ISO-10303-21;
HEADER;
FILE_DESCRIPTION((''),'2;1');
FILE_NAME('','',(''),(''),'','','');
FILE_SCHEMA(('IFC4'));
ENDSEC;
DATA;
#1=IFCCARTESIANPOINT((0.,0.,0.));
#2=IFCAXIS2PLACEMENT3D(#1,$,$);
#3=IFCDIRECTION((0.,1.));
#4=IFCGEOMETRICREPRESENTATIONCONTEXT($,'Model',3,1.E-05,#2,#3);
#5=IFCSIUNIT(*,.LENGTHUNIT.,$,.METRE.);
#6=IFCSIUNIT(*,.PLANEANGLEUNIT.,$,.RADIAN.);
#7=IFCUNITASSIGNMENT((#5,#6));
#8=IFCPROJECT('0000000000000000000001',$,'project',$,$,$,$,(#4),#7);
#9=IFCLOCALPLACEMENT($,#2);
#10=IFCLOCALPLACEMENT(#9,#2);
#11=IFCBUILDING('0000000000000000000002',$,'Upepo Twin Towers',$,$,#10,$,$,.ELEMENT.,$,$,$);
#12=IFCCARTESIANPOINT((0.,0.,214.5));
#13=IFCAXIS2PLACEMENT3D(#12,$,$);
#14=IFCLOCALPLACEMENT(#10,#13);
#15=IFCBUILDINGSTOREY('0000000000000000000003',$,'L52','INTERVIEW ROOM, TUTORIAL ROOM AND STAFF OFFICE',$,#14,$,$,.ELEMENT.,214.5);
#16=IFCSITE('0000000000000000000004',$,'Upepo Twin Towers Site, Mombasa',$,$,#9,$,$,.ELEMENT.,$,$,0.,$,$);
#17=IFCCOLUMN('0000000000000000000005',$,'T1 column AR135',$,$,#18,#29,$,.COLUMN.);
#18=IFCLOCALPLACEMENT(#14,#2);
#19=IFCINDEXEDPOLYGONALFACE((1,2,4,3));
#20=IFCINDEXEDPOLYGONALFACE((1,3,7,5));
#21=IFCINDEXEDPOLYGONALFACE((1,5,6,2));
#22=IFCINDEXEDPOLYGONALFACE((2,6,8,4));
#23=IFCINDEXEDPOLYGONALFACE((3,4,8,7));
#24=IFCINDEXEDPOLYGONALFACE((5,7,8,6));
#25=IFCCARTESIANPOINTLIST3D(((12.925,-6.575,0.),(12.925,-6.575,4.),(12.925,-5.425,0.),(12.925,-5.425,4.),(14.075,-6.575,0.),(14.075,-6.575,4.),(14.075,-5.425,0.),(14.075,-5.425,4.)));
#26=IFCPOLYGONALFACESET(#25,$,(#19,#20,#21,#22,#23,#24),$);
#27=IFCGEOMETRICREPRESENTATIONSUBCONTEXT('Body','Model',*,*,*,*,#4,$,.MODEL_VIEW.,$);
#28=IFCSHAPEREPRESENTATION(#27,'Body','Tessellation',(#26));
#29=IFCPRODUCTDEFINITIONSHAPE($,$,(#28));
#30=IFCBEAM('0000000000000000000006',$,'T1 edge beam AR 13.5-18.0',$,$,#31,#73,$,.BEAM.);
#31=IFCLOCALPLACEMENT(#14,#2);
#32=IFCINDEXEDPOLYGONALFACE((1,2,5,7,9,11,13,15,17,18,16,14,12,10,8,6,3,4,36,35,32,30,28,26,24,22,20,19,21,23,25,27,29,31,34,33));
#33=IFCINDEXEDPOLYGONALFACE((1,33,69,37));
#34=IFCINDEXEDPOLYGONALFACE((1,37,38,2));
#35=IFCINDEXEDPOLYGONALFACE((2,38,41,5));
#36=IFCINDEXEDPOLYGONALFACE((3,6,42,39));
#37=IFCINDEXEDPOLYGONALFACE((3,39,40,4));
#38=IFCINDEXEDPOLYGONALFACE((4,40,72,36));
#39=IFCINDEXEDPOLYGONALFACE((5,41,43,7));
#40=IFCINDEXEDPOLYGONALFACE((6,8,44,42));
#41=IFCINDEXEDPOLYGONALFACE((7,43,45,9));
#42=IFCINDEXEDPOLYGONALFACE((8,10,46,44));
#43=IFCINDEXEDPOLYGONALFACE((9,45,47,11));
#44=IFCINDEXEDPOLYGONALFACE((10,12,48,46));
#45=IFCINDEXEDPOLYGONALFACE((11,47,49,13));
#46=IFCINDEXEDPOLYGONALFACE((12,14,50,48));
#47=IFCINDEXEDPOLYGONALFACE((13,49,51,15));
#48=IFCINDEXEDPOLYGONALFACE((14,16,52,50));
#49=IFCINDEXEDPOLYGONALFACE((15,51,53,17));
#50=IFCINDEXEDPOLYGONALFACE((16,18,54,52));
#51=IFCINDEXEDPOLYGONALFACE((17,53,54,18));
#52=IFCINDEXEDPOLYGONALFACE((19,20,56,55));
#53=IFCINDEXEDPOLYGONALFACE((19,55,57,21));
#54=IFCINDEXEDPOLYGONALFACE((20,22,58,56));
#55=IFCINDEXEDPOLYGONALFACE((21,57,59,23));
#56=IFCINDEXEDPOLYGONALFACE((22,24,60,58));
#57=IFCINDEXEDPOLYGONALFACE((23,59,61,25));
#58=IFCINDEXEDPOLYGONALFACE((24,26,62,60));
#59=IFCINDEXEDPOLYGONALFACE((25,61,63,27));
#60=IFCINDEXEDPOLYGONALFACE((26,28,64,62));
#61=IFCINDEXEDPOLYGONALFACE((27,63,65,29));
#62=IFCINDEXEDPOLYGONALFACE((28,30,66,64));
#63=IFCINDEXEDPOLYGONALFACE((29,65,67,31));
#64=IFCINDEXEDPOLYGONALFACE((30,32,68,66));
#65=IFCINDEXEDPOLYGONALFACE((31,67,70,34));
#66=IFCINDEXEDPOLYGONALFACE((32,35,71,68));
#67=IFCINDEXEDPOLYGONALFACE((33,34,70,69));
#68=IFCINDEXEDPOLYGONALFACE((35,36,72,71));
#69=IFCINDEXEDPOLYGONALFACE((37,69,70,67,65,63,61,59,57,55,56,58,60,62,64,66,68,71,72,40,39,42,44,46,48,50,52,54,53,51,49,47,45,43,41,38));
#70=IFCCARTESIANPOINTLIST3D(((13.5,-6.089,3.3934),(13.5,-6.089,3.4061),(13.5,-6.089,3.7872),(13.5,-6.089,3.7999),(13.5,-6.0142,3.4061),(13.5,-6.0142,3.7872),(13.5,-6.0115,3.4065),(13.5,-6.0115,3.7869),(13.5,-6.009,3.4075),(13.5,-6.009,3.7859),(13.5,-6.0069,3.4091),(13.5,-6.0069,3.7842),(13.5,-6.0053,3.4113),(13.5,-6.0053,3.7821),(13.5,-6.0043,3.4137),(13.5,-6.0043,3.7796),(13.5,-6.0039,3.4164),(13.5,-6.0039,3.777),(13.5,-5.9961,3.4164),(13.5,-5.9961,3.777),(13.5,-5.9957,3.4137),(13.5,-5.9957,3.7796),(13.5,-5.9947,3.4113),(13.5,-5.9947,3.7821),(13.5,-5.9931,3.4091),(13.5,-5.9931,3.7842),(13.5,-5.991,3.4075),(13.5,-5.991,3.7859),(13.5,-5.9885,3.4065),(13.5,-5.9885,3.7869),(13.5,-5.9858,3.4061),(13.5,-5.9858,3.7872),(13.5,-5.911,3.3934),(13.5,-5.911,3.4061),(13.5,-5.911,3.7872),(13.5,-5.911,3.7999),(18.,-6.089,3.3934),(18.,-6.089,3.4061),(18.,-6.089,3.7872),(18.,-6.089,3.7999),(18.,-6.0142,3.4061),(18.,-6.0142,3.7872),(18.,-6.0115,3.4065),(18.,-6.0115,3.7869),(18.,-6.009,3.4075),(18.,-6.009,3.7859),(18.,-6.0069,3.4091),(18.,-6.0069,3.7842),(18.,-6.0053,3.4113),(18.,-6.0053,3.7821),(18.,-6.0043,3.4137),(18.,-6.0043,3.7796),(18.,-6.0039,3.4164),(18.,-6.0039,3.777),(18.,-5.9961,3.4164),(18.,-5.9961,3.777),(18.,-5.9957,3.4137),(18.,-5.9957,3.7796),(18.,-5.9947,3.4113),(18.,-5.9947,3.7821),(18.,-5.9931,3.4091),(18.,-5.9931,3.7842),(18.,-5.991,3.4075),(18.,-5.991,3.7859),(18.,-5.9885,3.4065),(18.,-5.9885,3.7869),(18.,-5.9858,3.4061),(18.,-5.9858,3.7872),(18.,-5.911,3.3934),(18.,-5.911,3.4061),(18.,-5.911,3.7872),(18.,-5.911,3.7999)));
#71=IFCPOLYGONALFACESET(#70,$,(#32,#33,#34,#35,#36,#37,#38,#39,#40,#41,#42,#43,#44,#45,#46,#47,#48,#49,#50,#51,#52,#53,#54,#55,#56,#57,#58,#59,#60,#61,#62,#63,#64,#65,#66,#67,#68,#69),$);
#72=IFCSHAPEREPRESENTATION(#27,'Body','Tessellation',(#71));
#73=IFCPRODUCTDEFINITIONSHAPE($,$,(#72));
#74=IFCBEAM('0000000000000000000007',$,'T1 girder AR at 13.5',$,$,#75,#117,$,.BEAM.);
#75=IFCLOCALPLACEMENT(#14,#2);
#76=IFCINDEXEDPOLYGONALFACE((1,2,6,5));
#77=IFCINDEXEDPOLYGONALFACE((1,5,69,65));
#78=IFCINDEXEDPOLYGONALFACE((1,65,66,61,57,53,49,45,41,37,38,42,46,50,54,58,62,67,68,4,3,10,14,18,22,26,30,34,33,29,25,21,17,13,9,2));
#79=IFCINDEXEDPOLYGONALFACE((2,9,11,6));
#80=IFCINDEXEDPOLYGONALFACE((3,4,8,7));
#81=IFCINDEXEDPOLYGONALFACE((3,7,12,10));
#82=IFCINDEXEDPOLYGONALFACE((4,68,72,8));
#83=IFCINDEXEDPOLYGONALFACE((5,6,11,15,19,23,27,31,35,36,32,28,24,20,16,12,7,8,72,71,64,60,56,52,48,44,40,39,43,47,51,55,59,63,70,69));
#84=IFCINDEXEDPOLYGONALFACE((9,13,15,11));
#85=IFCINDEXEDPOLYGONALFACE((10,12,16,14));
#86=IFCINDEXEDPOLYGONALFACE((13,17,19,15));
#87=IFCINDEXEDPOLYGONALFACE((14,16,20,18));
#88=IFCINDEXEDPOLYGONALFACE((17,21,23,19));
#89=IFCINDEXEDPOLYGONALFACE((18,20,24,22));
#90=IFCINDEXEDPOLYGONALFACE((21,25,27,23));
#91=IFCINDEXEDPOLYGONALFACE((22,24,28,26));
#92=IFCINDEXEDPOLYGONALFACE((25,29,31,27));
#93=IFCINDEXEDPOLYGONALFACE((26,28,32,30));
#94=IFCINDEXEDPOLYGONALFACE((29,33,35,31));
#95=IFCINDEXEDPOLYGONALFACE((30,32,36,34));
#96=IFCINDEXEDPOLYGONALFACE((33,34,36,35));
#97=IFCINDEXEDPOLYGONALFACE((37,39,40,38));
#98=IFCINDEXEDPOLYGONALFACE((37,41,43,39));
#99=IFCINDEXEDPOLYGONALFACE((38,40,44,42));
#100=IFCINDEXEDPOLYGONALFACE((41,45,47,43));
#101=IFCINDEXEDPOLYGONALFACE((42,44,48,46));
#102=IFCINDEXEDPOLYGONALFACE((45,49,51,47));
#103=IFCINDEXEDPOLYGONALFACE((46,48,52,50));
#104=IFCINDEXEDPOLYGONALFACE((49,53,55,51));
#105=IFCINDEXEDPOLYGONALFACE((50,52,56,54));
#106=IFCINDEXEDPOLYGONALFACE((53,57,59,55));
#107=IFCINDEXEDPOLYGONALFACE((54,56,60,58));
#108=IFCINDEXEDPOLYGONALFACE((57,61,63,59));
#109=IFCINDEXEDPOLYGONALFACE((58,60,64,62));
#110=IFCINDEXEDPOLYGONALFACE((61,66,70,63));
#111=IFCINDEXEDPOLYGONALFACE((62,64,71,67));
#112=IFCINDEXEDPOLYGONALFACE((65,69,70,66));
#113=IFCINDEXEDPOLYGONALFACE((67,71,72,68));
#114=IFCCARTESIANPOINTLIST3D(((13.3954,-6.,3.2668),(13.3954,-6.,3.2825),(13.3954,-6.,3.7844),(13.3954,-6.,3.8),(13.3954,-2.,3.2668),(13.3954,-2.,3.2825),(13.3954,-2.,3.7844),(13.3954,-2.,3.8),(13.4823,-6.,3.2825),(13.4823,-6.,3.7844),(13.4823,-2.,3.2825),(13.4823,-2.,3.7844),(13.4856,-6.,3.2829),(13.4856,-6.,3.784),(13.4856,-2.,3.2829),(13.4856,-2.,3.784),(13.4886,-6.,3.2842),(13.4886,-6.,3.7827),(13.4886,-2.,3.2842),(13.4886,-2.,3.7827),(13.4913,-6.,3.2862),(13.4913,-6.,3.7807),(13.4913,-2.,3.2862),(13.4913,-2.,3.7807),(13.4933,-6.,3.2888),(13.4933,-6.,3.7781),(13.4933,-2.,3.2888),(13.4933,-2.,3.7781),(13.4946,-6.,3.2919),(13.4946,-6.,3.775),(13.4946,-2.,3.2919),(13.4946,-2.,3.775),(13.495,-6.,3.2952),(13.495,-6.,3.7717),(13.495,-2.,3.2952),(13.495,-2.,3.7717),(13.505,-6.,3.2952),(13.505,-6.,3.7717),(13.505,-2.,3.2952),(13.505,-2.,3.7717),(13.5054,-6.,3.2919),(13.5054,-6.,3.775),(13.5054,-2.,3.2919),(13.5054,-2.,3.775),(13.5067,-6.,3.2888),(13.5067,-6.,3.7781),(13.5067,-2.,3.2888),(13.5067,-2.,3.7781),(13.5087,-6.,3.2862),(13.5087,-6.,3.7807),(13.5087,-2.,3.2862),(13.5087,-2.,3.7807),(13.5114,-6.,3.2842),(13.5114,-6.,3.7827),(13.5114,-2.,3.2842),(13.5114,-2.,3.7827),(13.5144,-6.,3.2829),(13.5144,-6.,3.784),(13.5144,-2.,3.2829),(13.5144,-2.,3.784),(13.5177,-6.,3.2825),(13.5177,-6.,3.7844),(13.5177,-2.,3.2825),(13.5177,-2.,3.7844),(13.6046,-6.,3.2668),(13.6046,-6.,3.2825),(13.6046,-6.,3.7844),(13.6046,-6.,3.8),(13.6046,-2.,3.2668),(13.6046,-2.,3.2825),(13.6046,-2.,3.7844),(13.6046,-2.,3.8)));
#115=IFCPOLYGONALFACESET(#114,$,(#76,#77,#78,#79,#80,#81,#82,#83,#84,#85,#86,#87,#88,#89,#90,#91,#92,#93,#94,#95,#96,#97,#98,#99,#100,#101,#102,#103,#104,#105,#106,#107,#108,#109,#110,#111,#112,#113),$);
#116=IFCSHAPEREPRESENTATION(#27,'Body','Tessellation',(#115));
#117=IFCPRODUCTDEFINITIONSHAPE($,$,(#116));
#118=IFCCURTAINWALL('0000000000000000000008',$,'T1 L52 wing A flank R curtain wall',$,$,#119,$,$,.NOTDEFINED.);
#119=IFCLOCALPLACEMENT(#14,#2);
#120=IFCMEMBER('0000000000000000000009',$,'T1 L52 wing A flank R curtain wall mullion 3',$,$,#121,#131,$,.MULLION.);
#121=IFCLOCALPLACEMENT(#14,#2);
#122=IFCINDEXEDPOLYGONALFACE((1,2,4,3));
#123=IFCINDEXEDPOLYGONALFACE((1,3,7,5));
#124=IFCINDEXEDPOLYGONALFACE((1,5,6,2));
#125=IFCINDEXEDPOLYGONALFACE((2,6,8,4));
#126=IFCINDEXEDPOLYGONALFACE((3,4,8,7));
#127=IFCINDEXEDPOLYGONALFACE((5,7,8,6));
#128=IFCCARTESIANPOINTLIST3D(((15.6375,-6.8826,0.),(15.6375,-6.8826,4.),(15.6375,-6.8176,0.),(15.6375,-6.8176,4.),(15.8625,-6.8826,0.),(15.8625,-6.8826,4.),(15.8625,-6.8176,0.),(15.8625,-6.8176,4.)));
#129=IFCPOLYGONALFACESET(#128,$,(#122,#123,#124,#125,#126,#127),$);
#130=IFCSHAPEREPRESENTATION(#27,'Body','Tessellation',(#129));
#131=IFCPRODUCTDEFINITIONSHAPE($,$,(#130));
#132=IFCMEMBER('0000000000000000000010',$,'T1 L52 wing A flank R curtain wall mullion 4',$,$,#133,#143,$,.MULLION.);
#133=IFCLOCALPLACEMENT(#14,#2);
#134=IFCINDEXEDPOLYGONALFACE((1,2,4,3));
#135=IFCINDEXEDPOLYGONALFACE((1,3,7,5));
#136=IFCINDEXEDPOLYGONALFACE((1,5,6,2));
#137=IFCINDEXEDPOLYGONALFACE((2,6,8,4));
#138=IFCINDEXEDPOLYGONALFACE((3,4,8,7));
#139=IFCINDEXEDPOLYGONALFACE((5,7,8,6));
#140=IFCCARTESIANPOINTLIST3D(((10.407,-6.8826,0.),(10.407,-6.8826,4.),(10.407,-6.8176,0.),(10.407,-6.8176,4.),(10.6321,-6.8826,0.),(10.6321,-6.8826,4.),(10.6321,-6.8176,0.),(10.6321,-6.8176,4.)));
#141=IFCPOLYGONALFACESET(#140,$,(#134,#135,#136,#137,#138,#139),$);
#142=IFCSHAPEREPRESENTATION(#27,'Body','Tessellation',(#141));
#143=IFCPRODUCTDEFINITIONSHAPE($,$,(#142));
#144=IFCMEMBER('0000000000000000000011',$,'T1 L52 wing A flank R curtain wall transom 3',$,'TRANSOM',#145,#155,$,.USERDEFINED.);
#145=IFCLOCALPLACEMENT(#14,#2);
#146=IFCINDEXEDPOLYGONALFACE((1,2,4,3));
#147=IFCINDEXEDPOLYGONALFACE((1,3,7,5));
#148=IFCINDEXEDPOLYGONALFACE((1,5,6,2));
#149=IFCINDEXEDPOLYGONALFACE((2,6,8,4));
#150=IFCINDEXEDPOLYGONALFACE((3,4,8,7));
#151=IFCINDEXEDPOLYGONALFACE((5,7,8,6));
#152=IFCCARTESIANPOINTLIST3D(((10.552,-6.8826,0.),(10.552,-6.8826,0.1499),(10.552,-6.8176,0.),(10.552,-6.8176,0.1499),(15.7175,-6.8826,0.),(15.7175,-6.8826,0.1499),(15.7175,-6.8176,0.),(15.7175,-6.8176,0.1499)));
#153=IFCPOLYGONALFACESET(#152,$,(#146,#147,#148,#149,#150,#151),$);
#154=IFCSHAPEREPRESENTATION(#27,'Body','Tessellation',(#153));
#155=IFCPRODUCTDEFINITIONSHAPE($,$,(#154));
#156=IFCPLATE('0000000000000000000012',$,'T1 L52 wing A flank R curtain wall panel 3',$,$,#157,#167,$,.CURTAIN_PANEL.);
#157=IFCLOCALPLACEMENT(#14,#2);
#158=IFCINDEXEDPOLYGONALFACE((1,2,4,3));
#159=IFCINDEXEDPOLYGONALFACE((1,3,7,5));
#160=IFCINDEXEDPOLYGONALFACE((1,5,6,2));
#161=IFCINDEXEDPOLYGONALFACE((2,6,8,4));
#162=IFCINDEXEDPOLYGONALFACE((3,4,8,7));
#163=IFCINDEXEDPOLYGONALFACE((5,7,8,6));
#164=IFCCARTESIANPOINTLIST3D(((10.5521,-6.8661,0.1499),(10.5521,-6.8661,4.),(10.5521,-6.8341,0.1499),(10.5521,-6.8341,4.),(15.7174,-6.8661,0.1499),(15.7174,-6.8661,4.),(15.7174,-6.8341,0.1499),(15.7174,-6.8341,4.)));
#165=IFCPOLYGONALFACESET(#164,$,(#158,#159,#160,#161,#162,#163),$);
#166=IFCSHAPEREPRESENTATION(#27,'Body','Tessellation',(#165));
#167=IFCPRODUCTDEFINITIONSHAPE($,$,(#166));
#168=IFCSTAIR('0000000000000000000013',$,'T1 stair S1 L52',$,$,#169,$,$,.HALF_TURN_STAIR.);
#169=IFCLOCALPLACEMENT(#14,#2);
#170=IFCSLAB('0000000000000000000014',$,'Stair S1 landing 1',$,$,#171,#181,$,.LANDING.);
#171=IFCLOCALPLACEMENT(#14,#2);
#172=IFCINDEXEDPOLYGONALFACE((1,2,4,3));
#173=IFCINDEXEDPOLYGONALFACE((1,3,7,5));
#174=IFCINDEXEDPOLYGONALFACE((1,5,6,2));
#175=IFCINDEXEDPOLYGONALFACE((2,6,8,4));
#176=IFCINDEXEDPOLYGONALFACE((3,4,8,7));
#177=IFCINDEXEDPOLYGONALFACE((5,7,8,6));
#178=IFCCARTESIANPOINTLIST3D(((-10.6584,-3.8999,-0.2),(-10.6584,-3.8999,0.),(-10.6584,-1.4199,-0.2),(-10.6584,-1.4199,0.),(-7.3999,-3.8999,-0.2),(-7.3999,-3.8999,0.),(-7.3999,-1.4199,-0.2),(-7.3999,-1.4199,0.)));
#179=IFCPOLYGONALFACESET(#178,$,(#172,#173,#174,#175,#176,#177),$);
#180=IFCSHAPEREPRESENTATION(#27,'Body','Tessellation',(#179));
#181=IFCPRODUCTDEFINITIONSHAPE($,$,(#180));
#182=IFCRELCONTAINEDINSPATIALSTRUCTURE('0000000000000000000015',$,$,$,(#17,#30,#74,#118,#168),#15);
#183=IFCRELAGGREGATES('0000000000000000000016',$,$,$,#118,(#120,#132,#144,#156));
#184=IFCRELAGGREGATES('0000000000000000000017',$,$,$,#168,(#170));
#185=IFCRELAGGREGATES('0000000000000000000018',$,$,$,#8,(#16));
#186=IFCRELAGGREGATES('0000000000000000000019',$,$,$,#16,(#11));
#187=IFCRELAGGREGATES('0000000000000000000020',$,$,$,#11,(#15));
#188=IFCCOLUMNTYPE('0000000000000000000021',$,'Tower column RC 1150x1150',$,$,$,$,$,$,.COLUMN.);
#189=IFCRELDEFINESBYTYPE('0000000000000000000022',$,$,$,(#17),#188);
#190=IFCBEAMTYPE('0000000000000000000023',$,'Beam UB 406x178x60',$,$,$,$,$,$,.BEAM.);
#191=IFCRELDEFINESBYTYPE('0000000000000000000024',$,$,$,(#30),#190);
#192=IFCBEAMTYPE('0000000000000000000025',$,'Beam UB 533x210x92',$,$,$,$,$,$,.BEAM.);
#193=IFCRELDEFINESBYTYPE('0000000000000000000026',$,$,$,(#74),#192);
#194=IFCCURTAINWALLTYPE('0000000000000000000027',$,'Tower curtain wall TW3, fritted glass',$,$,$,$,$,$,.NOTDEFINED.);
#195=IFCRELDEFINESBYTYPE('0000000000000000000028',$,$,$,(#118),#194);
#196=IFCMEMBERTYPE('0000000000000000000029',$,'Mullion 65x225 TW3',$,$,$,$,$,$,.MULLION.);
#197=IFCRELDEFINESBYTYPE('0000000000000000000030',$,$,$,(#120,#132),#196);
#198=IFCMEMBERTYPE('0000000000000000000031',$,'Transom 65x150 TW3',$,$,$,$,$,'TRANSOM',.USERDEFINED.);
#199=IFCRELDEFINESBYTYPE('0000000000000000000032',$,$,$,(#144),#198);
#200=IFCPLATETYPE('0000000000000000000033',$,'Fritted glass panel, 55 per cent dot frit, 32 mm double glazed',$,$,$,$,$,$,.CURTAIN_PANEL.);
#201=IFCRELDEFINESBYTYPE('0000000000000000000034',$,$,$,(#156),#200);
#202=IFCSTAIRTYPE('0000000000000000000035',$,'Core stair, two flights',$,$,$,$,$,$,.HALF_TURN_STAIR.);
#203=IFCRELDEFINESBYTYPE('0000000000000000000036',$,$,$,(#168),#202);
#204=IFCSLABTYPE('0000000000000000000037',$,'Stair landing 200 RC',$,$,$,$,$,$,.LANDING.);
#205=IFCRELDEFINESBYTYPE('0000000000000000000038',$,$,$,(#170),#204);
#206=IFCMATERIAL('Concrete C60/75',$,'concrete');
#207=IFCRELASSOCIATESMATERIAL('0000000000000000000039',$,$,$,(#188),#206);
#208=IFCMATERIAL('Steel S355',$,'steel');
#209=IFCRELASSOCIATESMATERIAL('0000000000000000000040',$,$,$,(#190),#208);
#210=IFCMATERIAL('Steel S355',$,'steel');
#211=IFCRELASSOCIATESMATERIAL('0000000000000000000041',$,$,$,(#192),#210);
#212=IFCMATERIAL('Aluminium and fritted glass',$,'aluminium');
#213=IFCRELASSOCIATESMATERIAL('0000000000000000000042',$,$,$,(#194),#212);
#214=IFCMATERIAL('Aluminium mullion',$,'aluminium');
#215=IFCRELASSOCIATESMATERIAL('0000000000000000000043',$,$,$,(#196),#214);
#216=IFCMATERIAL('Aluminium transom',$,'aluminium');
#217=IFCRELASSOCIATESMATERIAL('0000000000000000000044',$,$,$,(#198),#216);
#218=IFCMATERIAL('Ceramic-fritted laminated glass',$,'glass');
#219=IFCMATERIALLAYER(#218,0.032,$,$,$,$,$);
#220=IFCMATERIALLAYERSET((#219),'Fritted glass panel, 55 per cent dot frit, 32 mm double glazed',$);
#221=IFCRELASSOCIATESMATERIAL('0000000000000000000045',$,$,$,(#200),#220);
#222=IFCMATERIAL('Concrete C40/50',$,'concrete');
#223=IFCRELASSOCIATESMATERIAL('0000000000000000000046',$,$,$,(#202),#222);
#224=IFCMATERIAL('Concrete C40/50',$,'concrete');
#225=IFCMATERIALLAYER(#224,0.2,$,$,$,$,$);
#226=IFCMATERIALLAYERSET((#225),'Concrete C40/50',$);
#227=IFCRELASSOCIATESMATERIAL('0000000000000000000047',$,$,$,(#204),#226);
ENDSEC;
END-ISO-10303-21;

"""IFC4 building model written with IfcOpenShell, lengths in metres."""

from ifc_helpers import new_model, si_unit, direction, frame, origin, origin_2d, place, context, subcontext, project, spatial, polyline, rectangle, i_section, outline, extrude, material, layer, layer_set, material_profile, profile_set, type_object, element, aggregate, save


model = new_model("IFC4")

# Units and contexts
model_context = context("Model", 3, precision=1e-05, world=origin(), true_north=direction((0.0, 1.0)))
body_context = subcontext(model_context, "Body", "Model", "MODEL_VIEW")
ifc_project = project(units=[si_unit("LENGTHUNIT", "METRE"), si_unit("PLANEANGLEUNIT", "RADIAN")], contexts=[model_context])

# Site, building, storey
site_placement = place(None, origin())
site = spatial("IfcSite", under=ifc_project, at=site_placement, Name="Upepo Twin Towers Site, Mombasa", CompositionType="ELEMENT", RefElevation=0.0)
building_placement = place(site_placement, origin())
building = spatial("IfcBuilding", under=site, at=building_placement, Name="Upepo Twin Towers", CompositionType="ELEMENT")
storey_placement = place(building_placement, frame((0.0, 0.0, 214.5)))
storey = spatial("IfcBuildingStorey", under=building, at=storey_placement, Name="L52", Description="INTERVIEW ROOM, TUTORIAL ROOM AND STAFF OFFICE", CompositionType="ELEMENT", Elevation=214.5)

# Column
ifc_material_1 = material(Name="Concrete C60/75", Category="concrete")
ifc_material_profile_1 = material_profile(ifc_material_1, rectangle(XDim=1.1499, YDim=1.1499, at=origin_2d()), Name="RC 1150x1150")
ifc_profile_set_1 = profile_set([ifc_material_profile_1], Name="Concrete C60/75")
column_type = type_object("IfcColumnType", Name="Tower column RC 1150x1150", PredefinedType="COLUMN", material=ifc_profile_set_1)
column_placement = place(storey_placement, frame((13.5, -6.0, 0.0), z_axis=(0.0, 0.0, 1.0), x_axis=(1.0, 0.0, 0.0)))
element("IfcColumn", 1, at=column_placement, inside=storey, type_object=column_type, Name="T1 column AR135", PredefinedType="COLUMN", context=body_context, shape_type="SweptSolid", body=[
    extrude(rectangle(XDim=1.1499, YDim=1.1499, at=origin_2d()), origin(), (0.0, 0.0, 1.0), 4.0),
])

# Beams
ifc_material_2 = material(Name="Steel S355", Category="steel")
ifc_material_profile_2 = material_profile(ifc_material_2, i_section(OverallWidth=0.178, OverallDepth=0.4065, WebThickness=0.0078, FlangeThickness=0.0127, FilletRadius=0.0103, at=origin_2d()), Name="UB 406x178x60")
ifc_profile_set_2 = profile_set([ifc_material_profile_2], Name="Steel S355")
beam_type_1 = type_object("IfcBeamType", Name="Beam UB 406x178x60", PredefinedType="BEAM", material=ifc_profile_set_2)
beam_1_placement = place(storey_placement, frame((13.5, -6.0, 3.5967), z_axis=(1.0, 0.0, 0.0), x_axis=(0.0, 1.0, 0.0)))
element("IfcBeam", 2, at=beam_1_placement, inside=storey, type_object=beam_type_1, Name="T1 edge beam AR 13.5-18.0", PredefinedType="BEAM", context=body_context, shape_type="SweptSolid", body=[
    extrude(i_section(OverallWidth=0.178, OverallDepth=0.4065, WebThickness=0.0078, FlangeThickness=0.0127, FilletRadius=0.0103, at=origin_2d()), origin(), (0.0, 0.0, 1.0), 4.5),
])
ifc_material_3 = material(Name="Steel S355", Category="steel")
ifc_material_profile_3 = material_profile(ifc_material_3, i_section(OverallWidth=0.2092, OverallDepth=0.5332, WebThickness=0.01, FlangeThickness=0.0156, FilletRadius=0.0127, at=origin_2d()), Name="UB 533x210x92")
ifc_profile_set_3 = profile_set([ifc_material_profile_3], Name="Steel S355")
beam_type_2 = type_object("IfcBeamType", Name="Beam UB 533x210x92", PredefinedType="BEAM", material=ifc_profile_set_3)
beam_2_placement = place(storey_placement, frame((13.5, -6.0, 3.5334), z_axis=(0.0, 1.0, 0.0), x_axis=(-1.0, 0.0, 0.0)))
element("IfcBeam", 3, at=beam_2_placement, inside=storey, type_object=beam_type_2, Name="T1 girder AR at 13.5", PredefinedType="BEAM", context=body_context, shape_type="SweptSolid", body=[
    extrude(i_section(OverallWidth=0.2092, OverallDepth=0.5332, WebThickness=0.01, FlangeThickness=0.0156, FilletRadius=0.0127, at=origin_2d()), origin(), (0.0, 0.0, 1.0), 4.0),
])

# Curtain wall, members, plate
ifc_material_4 = material(Name="Aluminium and fritted glass", Category="aluminium")
curtain_wall_type = type_object("IfcCurtainWallType", Name="Tower curtain wall TW3, fritted glass", PredefinedType="NOTDEFINED", material=ifc_material_4)
curtain_wall_placement = place(storey_placement, origin())
curtain_wall = element("IfcCurtainWall", 4, at=curtain_wall_placement, inside=storey, type_object=curtain_wall_type, Name="T1 L52 wing A flank R curtain wall", PredefinedType="NOTDEFINED")
ifc_material_5 = material(Name="Aluminium mullion", Category="aluminium")
ifc_material_profile_4 = material_profile(ifc_material_5, rectangle(XDim=0.0649, YDim=0.2251, at=origin_2d()), Name="MULLION 65x225")
ifc_profile_set_4 = profile_set([ifc_material_profile_4], Name="Aluminium mullion")
member_type_1 = type_object("IfcMemberType", Name="Mullion 65x225 TW3", PredefinedType="MULLION", material=ifc_profile_set_4)
member_1_placement = place(storey_placement, frame((15.75, -6.8501, 0.0), z_axis=(0.0, 0.0, 1.0), x_axis=(0.0, -1.0, 0.0)))
member_1 = element("IfcMember", 5, at=member_1_placement, type_object=member_type_1, Name="T1 L52 wing A flank R curtain wall mullion 3", PredefinedType="MULLION", context=body_context, shape_type="SweptSolid", body=[
    extrude(rectangle(XDim=0.0649, YDim=0.2251, at=origin_2d()), origin(), (0.0, 0.0, 1.0), 4.0),
])
member_2_placement = place(storey_placement, frame((10.5195, -6.8501, 0.0), z_axis=(0.0, 0.0, 1.0), x_axis=(0.0, -1.0, 0.0)))
member_2 = element("IfcMember", 6, at=member_2_placement, type_object=member_type_1, Name="T1 L52 wing A flank R curtain wall mullion 4", PredefinedType="MULLION", context=body_context, shape_type="SweptSolid", body=[
    extrude(rectangle(XDim=0.0649, YDim=0.2251, at=origin_2d()), origin(), (0.0, 0.0, 1.0), 4.0),
])
ifc_material_6 = material(Name="Aluminium transom", Category="aluminium")
ifc_material_profile_5 = material_profile(ifc_material_6, rectangle(XDim=0.0649, YDim=0.1499, at=origin_2d()), Name="TRANSOM 65x150")
ifc_profile_set_5 = profile_set([ifc_material_profile_5], Name="Aluminium transom")
member_type_2 = type_object("IfcMemberType", Name="Transom 65x150 TW3", ElementType="TRANSOM", PredefinedType="USERDEFINED", material=ifc_profile_set_5)
member_3_placement = place(storey_placement, frame((15.7175, -6.8501, 0.075), z_axis=(-1.0, 0.0, 0.0), x_axis=(0.0, -1.0, 0.0)))
member_3 = element("IfcMember", 7, at=member_3_placement, type_object=member_type_2, Name="T1 L52 wing A flank R curtain wall transom 3", ObjectType="TRANSOM", PredefinedType="USERDEFINED", context=body_context, shape_type="SweptSolid", body=[
    extrude(rectangle(XDim=0.0649, YDim=0.1499, at=origin_2d()), origin(), (0.0, 0.0, 1.0), 5.1655),
])
ifc_material_7 = material(Name="Ceramic-fritted laminated glass", Category="glass")
ifc_layer_1 = layer(ifc_material_7, 0.032)
ifc_layer_set_1 = layer_set([ifc_layer_1], Name="Fritted glass panel, 55 per cent dot frit, 32 mm double glazed")
plate_type = type_object("IfcPlateType", Name="Fritted glass panel, 55 per cent dot frit, 32 mm double glazed", PredefinedType="CURTAIN_PANEL", material=ifc_layer_set_1)
plate_placement = place(storey_placement, frame((13.1348, -6.8501, 0.1499), z_axis=(0.0, 0.0, 1.0), x_axis=(-1.0, 0.0, 0.0)))
plate = element("IfcPlate", 8, at=plate_placement, type_object=plate_type, Name="T1 L52 wing A flank R curtain wall panel 3", PredefinedType="CURTAIN_PANEL", context=body_context, shape_type="SweptSolid", body=[
    extrude(rectangle(XDim=5.1653, YDim=0.032, at=origin_2d()), origin(), (0.0, 0.0, 1.0), 3.8501),
])
aggregate(curtain_wall, [member_1, member_2, member_3, plate])

# Stair, slab
ifc_material_8 = material(Name="Concrete C40/50", Category="concrete")
stair_type = type_object("IfcStairType", Name="Core stair, two flights", PredefinedType="HALF_TURN_STAIR", material=ifc_material_8)
stair_1_placement = place(storey_placement, origin())
stair_1 = element("IfcStair", 9, at=stair_1_placement, inside=storey, type_object=stair_type, Name="T1 stair S1 L52", PredefinedType="HALF_TURN_STAIR")
ifc_material_9 = material(Name="Concrete C40/50", Category="concrete")
ifc_layer_2 = layer(ifc_material_9, 0.2)
ifc_layer_set_2 = layer_set([ifc_layer_2], Name="Concrete C40/50")
slab_type_1 = type_object("IfcSlabType", Name="Stair landing 200 RC", PredefinedType="LANDING", material=ifc_layer_set_2)
slab_1_placement = place(storey_placement, frame((0.0, 0.0, -0.2)))
slab_1 = element("IfcSlab", 10, at=slab_1_placement, type_object=slab_type_1, Name="Stair S1 landing 1", PredefinedType="LANDING", context=body_context, shape_type="SweptSolid", body=[
    extrude(outline(polyline([(-7.3999, -1.4199), (-10.6584, -1.4199), (-10.6584, -3.8999), (-7.3999, -3.8999), (-7.3999, -1.4199)])), origin(), (0.0, 0.0, 1.0), 0.2),
])
aggregate(stair_1, [slab_1])

save(model, "model.ifc")
